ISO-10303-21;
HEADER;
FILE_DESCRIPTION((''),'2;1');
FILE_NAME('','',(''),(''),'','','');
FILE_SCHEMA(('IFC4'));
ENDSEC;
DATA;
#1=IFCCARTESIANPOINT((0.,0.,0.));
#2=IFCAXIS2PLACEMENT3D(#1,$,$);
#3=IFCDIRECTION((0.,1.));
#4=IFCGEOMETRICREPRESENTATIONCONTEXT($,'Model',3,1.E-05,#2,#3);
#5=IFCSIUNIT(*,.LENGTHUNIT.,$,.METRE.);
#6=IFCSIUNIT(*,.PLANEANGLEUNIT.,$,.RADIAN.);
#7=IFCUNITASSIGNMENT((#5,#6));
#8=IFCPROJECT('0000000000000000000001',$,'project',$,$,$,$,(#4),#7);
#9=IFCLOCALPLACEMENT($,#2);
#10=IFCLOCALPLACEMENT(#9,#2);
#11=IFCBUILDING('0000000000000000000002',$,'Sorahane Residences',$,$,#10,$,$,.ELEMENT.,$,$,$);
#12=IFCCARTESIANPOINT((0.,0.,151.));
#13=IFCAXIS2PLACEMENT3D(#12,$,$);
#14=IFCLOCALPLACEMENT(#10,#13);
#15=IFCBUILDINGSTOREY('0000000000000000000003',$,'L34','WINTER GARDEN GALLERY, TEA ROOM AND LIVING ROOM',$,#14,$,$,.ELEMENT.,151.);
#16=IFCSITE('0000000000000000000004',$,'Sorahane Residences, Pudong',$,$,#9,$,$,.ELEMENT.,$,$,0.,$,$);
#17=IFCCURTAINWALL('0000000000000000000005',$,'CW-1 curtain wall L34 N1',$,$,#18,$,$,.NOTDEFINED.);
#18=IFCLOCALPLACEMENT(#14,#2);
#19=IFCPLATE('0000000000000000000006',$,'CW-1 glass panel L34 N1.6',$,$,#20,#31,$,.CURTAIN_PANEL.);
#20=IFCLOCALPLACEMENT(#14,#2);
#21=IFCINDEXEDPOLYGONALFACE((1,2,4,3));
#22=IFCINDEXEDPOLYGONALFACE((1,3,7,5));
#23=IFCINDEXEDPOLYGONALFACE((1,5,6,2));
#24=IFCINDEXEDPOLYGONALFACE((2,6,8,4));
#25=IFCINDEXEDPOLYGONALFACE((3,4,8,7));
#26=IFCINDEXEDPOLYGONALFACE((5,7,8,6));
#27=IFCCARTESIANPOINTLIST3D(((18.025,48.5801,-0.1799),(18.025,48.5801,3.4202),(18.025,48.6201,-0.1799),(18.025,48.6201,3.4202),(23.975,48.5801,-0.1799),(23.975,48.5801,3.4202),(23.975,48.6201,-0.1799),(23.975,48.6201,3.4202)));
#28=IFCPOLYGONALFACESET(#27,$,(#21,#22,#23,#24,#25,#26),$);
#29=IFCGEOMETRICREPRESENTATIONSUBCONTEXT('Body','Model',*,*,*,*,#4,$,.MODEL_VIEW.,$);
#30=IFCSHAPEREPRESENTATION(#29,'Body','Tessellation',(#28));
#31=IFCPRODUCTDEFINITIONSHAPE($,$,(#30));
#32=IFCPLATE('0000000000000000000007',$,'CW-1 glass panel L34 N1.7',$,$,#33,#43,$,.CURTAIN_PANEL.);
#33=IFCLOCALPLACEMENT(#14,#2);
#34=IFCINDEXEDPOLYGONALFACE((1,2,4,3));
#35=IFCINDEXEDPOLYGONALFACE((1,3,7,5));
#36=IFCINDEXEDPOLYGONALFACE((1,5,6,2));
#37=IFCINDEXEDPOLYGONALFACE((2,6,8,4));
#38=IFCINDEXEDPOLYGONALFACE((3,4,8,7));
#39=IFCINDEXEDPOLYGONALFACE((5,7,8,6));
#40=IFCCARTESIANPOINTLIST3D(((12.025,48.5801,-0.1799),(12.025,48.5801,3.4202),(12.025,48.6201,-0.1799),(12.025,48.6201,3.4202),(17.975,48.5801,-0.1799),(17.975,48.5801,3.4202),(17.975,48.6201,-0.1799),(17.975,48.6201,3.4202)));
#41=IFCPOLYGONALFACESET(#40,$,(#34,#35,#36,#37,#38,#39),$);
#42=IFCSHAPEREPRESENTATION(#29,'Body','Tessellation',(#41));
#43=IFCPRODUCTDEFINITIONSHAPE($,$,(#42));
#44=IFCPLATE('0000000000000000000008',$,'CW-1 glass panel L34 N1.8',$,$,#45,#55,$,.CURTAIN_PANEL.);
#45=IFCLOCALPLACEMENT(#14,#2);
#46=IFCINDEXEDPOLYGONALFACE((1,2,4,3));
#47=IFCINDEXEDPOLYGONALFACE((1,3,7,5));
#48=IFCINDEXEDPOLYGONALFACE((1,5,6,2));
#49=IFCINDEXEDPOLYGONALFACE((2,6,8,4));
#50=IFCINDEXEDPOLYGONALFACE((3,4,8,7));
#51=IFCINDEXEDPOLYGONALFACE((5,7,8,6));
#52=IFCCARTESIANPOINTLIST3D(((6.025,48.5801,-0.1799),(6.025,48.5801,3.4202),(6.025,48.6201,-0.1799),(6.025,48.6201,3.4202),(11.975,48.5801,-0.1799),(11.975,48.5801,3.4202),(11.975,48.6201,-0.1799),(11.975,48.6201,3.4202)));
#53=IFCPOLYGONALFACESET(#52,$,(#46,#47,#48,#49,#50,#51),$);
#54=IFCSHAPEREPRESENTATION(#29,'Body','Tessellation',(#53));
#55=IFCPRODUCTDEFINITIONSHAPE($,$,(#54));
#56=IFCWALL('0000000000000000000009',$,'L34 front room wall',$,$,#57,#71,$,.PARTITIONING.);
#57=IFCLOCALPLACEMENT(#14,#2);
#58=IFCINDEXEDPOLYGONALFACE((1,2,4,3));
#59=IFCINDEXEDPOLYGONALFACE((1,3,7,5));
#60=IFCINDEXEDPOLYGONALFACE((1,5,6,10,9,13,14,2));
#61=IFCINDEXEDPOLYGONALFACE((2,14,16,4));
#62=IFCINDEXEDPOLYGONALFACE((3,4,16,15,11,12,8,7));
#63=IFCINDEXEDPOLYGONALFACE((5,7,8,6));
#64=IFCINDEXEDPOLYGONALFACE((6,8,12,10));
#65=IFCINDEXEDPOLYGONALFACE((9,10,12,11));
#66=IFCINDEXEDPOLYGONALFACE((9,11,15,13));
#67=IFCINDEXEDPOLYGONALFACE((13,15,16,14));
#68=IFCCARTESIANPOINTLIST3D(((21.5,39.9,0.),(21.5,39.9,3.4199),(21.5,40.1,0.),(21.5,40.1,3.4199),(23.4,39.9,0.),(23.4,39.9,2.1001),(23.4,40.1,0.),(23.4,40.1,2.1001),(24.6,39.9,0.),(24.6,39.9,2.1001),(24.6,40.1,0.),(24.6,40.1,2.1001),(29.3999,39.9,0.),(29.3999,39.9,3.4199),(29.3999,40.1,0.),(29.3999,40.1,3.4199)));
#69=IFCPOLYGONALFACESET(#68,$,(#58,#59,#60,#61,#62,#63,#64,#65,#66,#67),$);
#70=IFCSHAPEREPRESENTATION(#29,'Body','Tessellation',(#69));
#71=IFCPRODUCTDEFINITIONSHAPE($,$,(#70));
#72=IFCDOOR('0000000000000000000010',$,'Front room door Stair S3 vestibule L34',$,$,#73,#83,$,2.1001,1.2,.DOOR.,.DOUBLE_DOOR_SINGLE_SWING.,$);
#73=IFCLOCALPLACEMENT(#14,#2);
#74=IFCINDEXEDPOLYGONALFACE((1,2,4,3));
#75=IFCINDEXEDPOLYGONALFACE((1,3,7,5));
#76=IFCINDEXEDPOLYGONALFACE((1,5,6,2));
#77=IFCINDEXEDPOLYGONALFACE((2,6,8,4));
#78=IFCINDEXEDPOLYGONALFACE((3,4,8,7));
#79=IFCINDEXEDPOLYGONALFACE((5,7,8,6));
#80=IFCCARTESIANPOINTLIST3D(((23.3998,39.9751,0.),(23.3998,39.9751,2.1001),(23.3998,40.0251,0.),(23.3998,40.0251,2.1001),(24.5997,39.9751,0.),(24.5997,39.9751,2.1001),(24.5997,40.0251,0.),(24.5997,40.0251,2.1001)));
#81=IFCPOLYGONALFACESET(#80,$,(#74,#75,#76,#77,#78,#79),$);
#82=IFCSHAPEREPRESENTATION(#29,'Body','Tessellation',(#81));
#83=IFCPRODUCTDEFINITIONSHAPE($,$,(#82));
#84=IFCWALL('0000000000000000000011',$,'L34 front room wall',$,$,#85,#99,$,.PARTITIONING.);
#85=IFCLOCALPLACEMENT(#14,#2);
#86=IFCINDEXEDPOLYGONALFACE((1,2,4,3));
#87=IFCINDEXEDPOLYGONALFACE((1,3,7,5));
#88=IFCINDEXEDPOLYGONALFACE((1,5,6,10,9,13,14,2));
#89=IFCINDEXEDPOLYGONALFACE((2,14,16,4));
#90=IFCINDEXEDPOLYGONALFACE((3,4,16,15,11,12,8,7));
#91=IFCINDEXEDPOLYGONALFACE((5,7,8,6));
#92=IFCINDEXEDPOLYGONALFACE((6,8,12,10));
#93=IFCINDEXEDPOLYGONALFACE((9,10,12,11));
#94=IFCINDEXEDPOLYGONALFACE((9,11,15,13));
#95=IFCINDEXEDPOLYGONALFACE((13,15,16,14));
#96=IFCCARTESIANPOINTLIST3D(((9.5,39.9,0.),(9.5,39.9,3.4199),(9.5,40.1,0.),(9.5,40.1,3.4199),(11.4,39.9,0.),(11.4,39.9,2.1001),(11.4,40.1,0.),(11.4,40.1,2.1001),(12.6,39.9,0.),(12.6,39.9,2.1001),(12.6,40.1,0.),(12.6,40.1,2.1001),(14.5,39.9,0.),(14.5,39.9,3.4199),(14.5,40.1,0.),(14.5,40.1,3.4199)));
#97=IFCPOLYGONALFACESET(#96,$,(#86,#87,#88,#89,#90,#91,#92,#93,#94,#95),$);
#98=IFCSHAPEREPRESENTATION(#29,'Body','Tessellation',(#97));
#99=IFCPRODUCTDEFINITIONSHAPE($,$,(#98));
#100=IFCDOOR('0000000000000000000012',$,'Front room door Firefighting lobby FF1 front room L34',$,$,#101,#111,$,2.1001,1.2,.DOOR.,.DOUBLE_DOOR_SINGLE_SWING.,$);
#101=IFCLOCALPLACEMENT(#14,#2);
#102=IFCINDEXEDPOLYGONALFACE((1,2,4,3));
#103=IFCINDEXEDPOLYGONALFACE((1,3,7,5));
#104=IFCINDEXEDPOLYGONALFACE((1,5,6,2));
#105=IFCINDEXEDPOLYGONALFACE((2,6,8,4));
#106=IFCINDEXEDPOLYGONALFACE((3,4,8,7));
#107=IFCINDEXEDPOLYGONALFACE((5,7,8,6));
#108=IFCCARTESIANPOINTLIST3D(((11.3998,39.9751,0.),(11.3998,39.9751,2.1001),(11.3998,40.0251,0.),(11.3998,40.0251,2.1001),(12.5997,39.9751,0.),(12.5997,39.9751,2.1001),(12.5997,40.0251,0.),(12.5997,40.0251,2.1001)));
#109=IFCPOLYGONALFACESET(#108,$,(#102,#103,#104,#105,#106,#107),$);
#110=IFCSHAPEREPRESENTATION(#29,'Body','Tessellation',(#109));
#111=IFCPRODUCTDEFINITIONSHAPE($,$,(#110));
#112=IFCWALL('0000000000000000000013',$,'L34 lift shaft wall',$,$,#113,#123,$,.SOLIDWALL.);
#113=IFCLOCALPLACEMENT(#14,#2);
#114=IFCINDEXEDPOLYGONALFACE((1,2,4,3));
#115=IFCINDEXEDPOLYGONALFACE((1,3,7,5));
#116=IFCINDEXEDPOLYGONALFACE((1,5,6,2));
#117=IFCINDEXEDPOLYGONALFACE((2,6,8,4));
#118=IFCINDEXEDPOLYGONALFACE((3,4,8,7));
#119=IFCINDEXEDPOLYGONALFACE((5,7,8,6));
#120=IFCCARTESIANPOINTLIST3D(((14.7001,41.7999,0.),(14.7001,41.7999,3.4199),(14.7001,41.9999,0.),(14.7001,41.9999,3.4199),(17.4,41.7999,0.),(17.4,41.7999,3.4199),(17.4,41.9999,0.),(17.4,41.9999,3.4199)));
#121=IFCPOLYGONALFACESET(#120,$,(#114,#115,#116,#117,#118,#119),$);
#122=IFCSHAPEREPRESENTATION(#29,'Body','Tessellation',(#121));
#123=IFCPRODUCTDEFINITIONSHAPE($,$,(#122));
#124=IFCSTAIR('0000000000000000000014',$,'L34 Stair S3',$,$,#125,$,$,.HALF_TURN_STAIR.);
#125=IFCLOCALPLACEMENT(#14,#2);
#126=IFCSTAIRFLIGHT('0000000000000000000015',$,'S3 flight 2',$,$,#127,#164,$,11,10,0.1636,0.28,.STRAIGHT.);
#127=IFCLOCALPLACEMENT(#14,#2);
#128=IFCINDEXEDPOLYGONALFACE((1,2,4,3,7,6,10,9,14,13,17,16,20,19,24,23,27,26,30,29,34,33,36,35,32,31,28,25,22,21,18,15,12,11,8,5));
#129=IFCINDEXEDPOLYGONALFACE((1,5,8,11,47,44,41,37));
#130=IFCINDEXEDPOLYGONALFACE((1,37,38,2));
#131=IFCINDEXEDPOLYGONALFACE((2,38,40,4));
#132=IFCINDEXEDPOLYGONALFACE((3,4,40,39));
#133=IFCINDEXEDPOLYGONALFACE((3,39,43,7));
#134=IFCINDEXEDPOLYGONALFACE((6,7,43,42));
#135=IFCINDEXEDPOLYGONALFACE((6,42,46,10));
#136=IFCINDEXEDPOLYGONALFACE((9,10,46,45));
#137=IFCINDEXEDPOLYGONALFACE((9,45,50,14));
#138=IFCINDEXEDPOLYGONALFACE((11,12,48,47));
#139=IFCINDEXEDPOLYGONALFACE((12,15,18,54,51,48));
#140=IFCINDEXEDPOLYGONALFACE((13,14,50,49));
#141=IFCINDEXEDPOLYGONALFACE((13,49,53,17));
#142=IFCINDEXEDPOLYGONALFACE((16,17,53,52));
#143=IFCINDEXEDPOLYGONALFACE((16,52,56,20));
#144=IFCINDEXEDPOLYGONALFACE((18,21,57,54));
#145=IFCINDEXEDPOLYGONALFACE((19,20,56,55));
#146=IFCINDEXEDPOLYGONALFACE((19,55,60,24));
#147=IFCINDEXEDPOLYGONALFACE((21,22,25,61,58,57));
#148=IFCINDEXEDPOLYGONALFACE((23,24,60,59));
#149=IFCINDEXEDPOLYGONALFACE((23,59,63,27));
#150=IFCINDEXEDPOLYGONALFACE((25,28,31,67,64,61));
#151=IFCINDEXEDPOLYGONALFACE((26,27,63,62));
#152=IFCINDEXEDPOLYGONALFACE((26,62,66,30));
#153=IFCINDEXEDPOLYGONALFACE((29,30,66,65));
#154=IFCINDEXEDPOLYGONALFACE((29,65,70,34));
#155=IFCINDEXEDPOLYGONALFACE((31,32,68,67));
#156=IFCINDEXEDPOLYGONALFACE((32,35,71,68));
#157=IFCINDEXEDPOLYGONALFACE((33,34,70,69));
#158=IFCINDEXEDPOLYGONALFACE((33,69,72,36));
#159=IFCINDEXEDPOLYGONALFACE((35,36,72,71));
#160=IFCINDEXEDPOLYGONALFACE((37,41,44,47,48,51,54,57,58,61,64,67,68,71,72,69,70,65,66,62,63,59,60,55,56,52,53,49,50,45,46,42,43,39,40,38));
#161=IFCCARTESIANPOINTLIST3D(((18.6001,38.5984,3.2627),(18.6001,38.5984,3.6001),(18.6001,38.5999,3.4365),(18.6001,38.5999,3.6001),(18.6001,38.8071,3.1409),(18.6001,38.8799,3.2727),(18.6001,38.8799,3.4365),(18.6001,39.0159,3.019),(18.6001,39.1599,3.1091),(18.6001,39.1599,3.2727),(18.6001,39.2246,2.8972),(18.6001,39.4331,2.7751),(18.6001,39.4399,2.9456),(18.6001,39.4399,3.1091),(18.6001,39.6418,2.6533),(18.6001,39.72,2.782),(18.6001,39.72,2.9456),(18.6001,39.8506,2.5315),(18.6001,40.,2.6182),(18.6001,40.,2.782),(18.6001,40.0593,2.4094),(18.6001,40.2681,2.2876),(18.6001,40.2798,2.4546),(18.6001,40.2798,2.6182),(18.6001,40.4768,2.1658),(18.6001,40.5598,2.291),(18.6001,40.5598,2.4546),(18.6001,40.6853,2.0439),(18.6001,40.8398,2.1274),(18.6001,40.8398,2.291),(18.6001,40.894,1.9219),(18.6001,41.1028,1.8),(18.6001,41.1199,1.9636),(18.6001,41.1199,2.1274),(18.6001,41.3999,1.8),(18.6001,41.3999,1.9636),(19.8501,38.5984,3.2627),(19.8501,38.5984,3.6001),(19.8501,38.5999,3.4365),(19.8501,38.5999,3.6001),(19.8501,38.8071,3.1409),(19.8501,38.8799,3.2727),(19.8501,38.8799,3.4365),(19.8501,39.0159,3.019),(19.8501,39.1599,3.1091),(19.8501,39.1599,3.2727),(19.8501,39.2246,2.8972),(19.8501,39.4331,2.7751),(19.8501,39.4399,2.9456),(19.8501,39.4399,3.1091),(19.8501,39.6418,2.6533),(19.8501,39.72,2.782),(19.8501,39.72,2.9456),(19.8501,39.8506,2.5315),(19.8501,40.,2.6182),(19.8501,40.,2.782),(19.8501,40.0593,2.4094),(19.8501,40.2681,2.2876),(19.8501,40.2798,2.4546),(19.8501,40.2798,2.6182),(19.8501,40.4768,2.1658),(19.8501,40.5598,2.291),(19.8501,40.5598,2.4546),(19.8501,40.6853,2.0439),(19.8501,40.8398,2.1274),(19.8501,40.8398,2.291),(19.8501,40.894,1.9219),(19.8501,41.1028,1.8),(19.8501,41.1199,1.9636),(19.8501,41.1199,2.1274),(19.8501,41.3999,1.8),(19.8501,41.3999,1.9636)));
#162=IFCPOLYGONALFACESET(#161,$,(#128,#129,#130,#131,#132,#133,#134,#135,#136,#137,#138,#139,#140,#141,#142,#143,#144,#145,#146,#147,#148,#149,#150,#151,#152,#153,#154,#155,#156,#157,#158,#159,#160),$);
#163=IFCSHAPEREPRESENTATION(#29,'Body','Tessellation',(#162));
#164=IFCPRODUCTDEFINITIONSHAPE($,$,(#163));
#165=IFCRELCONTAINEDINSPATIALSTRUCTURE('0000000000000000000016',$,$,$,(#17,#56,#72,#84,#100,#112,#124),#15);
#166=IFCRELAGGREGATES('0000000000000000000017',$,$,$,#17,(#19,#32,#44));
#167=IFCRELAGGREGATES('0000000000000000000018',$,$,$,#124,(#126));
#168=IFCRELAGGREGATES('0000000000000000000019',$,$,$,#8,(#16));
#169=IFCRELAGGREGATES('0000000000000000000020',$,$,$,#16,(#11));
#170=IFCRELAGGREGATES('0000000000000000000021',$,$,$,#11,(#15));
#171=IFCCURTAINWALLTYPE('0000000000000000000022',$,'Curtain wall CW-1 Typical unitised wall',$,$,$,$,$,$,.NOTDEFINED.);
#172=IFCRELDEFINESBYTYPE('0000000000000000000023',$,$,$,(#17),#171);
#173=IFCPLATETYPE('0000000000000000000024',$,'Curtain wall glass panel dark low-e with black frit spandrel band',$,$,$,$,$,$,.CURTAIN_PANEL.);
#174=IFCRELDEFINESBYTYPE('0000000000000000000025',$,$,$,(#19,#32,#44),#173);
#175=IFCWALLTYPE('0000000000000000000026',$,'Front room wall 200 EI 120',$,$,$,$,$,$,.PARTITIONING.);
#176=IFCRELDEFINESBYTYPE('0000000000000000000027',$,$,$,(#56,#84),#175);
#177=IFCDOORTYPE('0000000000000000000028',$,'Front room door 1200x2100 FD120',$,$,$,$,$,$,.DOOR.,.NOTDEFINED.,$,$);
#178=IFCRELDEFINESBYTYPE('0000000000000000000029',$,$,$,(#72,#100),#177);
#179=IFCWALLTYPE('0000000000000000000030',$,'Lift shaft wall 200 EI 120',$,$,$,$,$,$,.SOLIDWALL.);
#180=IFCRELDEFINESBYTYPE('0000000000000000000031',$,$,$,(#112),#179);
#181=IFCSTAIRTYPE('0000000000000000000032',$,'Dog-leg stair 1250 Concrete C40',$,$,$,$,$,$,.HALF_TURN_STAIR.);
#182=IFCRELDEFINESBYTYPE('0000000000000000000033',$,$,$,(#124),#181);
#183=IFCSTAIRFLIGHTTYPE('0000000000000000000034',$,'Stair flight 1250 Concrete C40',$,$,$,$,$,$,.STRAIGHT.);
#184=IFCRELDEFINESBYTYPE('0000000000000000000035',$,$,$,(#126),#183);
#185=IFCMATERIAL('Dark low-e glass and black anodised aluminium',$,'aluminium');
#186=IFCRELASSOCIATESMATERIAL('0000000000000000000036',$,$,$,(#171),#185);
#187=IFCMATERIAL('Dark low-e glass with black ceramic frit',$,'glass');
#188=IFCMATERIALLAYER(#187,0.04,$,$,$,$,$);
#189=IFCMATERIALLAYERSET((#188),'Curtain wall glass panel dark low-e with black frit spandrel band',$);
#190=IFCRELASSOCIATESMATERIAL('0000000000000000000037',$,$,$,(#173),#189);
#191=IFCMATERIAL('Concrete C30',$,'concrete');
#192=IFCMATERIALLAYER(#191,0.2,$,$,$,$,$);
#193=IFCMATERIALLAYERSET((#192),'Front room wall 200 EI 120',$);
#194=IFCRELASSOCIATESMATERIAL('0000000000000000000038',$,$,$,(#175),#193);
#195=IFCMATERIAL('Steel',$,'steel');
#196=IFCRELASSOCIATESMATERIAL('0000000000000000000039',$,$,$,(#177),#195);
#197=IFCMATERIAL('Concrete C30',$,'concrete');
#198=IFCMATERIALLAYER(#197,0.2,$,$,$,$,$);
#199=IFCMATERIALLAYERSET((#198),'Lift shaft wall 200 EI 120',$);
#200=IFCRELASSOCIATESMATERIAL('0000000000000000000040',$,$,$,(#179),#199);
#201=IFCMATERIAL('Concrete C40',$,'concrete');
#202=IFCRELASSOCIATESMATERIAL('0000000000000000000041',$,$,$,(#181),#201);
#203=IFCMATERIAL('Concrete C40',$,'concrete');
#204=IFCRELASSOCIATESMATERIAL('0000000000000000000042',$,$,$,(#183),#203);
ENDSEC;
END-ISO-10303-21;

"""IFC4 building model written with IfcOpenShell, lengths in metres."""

from ifc_helpers import new_model, si_unit, direction, frame, frame_2d, origin, origin_2d, place, context, subcontext, project, spatial, polyline, rectangle, outline, extrude, material, layer, layer_set, type_object, element, fill, aggregate, save


model = new_model("IFC4")

# Units and contexts
model_context = context("Model", 3, precision=1e-05, world=origin(), true_north=direction((0.0, 1.0)))
body_context = subcontext(model_context, "Body", "Model", "MODEL_VIEW")
ifc_project = project(units=[si_unit("LENGTHUNIT", "METRE"), si_unit("PLANEANGLEUNIT", "RADIAN")], contexts=[model_context])

# Site, building, storey
site_placement = place(None, origin())
site = spatial("IfcSite", under=ifc_project, at=site_placement, Name="Sorahane Residences, Pudong", CompositionType="ELEMENT", RefElevation=0.0)
building_placement = place(site_placement, origin())
building = spatial("IfcBuilding", under=site, at=building_placement, Name="Sorahane Residences", CompositionType="ELEMENT")
storey_placement = place(building_placement, frame((0.0, 0.0, 151.0)))
storey = spatial("IfcBuildingStorey", under=building, at=storey_placement, Name="L34", Description="WINTER GARDEN GALLERY, TEA ROOM AND LIVING ROOM", CompositionType="ELEMENT", Elevation=151.0)

# Curtain wall
ifc_material_1 = material(Name="Dark low-e glass and black anodised aluminium", Category="aluminium")
curtain_wall_type = type_object("IfcCurtainWallType", Name="Curtain wall CW-1 Typical unitised wall", PredefinedType="NOTDEFINED", material=ifc_material_1)
curtain_wall_placement = place(storey_placement, origin())
curtain_wall = element("IfcCurtainWall", 1, at=curtain_wall_placement, inside=storey, type_object=curtain_wall_type, Name="CW-1 curtain wall L34 N1", PredefinedType="NOTDEFINED")

# Plates
ifc_material_2 = material(Name="Dark low-e glass with black ceramic frit", Category="glass")
ifc_layer_1 = layer(ifc_material_2, 0.04)
ifc_layer_set_1 = layer_set([ifc_layer_1], Name="Curtain wall glass panel dark low-e with black frit spandrel band")
plate_type = type_object("IfcPlateType", Name="Curtain wall glass panel dark low-e with black frit spandrel band", PredefinedType="CURTAIN_PANEL", material=ifc_layer_set_1)
plate_1_placement = place(storey_placement, frame((21.0, 48.6001, -0.1799), z_axis=(0.0, 0.0, 1.0), x_axis=(-1.0, 0.0, 0.0)))
plate_1 = element("IfcPlate", 2, at=plate_1_placement, type_object=plate_type, Name="CW-1 glass panel L34 N1.6", PredefinedType="CURTAIN_PANEL", context=body_context, shape_type="SweptSolid", body=[
    extrude(rectangle(XDim=5.95, YDim=0.04, at=origin_2d()), origin(), (0.0, 0.0, 1.0), 3.6001),
])
plate_2_placement = place(storey_placement, frame((15.0, 48.6001, -0.1799), z_axis=(0.0, 0.0, 1.0), x_axis=(-1.0, 0.0, 0.0)))
plate_2 = element("IfcPlate", 3, at=plate_2_placement, type_object=plate_type, Name="CW-1 glass panel L34 N1.7", PredefinedType="CURTAIN_PANEL", context=body_context, shape_type="SweptSolid", body=[
    extrude(rectangle(XDim=5.95, YDim=0.04, at=origin_2d()), origin(), (0.0, 0.0, 1.0), 3.6001),
])
plate_3_placement = place(storey_placement, frame((9.0, 48.6001, -0.1799), z_axis=(0.0, 0.0, 1.0), x_axis=(-1.0, 0.0, 0.0)))
plate_3 = element("IfcPlate", 4, at=plate_3_placement, type_object=plate_type, Name="CW-1 glass panel L34 N1.8", PredefinedType="CURTAIN_PANEL", context=body_context, shape_type="SweptSolid", body=[
    extrude(rectangle(XDim=5.95, YDim=0.04, at=origin_2d()), origin(), (0.0, 0.0, 1.0), 3.6001),
])
aggregate(curtain_wall, [plate_1, plate_2, plate_3])

# Walls, openings, doors
ifc_material_3 = material(Name="Concrete C30", Category="concrete")
ifc_layer_2 = layer(ifc_material_3, 0.2)
ifc_layer_set_2 = layer_set([ifc_layer_2], Name="Front room wall 200 EI 120")
wall_type_1 = type_object("IfcWallType", Name="Front room wall 200 EI 120", PredefinedType="PARTITIONING", material=ifc_layer_set_2)
wall_1_placement = place(storey_placement, frame((21.5, 40.0, 0.0), z_axis=(0.0, 0.0, 1.0), x_axis=(1.0, 0.0, 0.0)))
wall_1 = element("IfcWall", 5, at=wall_1_placement, inside=storey, type_object=wall_type_1, Name="L34 front room wall", PredefinedType="PARTITIONING", context=body_context, shape_type="SweptSolid", body=[
    extrude(rectangle(XDim=7.8999, YDim=0.2, at=frame_2d((3.95, 0.0))), origin(), (0.0, 0.0, 1.0), 3.4199),
])
opening_1_placement = place(wall_1_placement, frame((1.8999, 0.0, 0.0)))
opening_1 = element("IfcOpeningElement", 6, at=opening_1_placement, cuts=wall_1, PredefinedType="OPENING", context=body_context, shape_type="SweptSolid", body=[
    extrude(rectangle(XDim=1.2, YDim=2.1001, at=frame_2d((0.6001, 1.05))), frame((0.0, 0.1099, 0.0), z_axis=(0.0, -1.0, 0.0), x_axis=(1.0, 0.0, 0.0)), (0.0, 0.0, 1.0), 0.22),
])
ifc_material_4 = material(Name="Steel", Category="steel")
door_type = type_object("IfcDoorType", Name="Front room door 1200x2100 FD120", OperationType="NOTDEFINED", PredefinedType="DOOR", material=ifc_material_4)
door_1_placement = place(opening_1_placement, frame((1.2, 0.0, 0.0), z_axis=(0.0, 0.0, 1.0), x_axis=(-1.0, 0.0, 0.0)))
door_1 = element("IfcDoor", 7, at=door_1_placement, inside=storey, type_object=door_type, Name="Front room door Stair S3 vestibule L34", OperationType="DOUBLE_DOOR_SINGLE_SWING", OverallHeight=2.1001, OverallWidth=1.2, PredefinedType="DOOR", context=body_context, shape_type="SweptSolid", body=[
    extrude(rectangle(XDim=1.2, YDim=2.1001, at=frame_2d((0.6001, 1.05))), frame((0.0, 0.0249, 0.0), z_axis=(0.0, -1.0, 0.0), x_axis=(1.0, 0.0, 0.0)), (0.0, 0.0, 1.0), 0.05),
])
fill(opening_1, door_1)
wall_2_placement = place(storey_placement, frame((9.5, 40.0, 0.0), z_axis=(0.0, 0.0, 1.0), x_axis=(1.0, 0.0, 0.0)))
wall_2 = element("IfcWall", 8, at=wall_2_placement, inside=storey, type_object=wall_type_1, Name="L34 front room wall", PredefinedType="PARTITIONING", context=body_context, shape_type="SweptSolid", body=[
    extrude(rectangle(XDim=5.0, YDim=0.2, at=frame_2d((2.5, 0.0))), origin(), (0.0, 0.0, 1.0), 3.4199),
])
opening_2_placement = place(wall_2_placement, frame((1.8999, 0.0, 0.0)))
opening_2 = element("IfcOpeningElement", 9, at=opening_2_placement, cuts=wall_2, PredefinedType="OPENING", context=body_context, shape_type="SweptSolid", body=[
    extrude(rectangle(XDim=1.2, YDim=2.1001, at=frame_2d((0.6001, 1.05))), frame((0.0, 0.1099, 0.0), z_axis=(0.0, -1.0, 0.0), x_axis=(1.0, 0.0, 0.0)), (0.0, 0.0, 1.0), 0.22),
])
door_2_placement = place(opening_2_placement, frame((1.2, 0.0, 0.0), z_axis=(0.0, 0.0, 1.0), x_axis=(-1.0, 0.0, 0.0)))
door_2 = element("IfcDoor", 10, at=door_2_placement, inside=storey, type_object=door_type, Name="Front room door Firefighting lobby FF1 front room L34", OperationType="DOUBLE_DOOR_SINGLE_SWING", OverallHeight=2.1001, OverallWidth=1.2, PredefinedType="DOOR", context=body_context, shape_type="SweptSolid", body=[
    extrude(rectangle(XDim=1.2, YDim=2.1001, at=frame_2d((0.6001, 1.05))), frame((0.0, 0.0249, 0.0), z_axis=(0.0, -1.0, 0.0), x_axis=(1.0, 0.0, 0.0)), (0.0, 0.0, 1.0), 0.05),
])
fill(opening_2, door_2)

# Wall
ifc_material_5 = material(Name="Concrete C30", Category="concrete")
ifc_layer_3 = layer(ifc_material_5, 0.2)
ifc_layer_set_3 = layer_set([ifc_layer_3], Name="Lift shaft wall 200 EI 120")
wall_type_2 = type_object("IfcWallType", Name="Lift shaft wall 200 EI 120", PredefinedType="SOLIDWALL", material=ifc_layer_set_3)
wall_3_placement = place(storey_placement, frame((14.7, 41.8999, 0.0), z_axis=(0.0, 0.0, 1.0), x_axis=(1.0, 0.0, 0.0)))
element("IfcWall", 11, at=wall_3_placement, inside=storey, type_object=wall_type_2, Name="L34 lift shaft wall", PredefinedType="SOLIDWALL", context=body_context, shape_type="SweptSolid", body=[
    extrude(rectangle(XDim=2.7, YDim=0.2, at=frame_2d((1.3501, 0.0))), origin(), (0.0, 0.0, 1.0), 3.4199),
])

# Stair, stair flight
ifc_material_6 = material(Name="Concrete C40", Category="concrete")
stair_type = type_object("IfcStairType", Name="Dog-leg stair 1250 Concrete C40", PredefinedType="HALF_TURN_STAIR", material=ifc_material_6)
stair_placement = place(storey_placement, origin())
stair = element("IfcStair", 12, at=stair_placement, inside=storey, type_object=stair_type, Name="L34 Stair S3", PredefinedType="HALF_TURN_STAIR")
ifc_material_7 = material(Name="Concrete C40", Category="concrete")
stair_flight_type = type_object("IfcStairFlightType", Name="Stair flight 1250 Concrete C40", PredefinedType="STRAIGHT", material=ifc_material_7)
stair_flight_placement = place(storey_placement, frame((19.2251, 41.3999, 1.8), z_axis=(0.0, 0.0, 1.0), x_axis=(0.0, -1.0, 0.0)))
stair_flight = element("IfcStairFlight", 13, at=stair_flight_placement, type_object=stair_flight_type, Name="S3 flight 2", NumberOfRisers=11, NumberOfTreads=10, PredefinedType="STRAIGHT", RiserHeight=0.1636, TreadLength=0.28, context=body_context, shape_type="SweptSolid", body=[
    extrude(outline(polyline([(0.0, 0.0), (0.0, 0.1636), (0.28, 0.1636), (0.28, 0.3274), (0.5601, 0.3274), (0.5601, 0.491), (0.8401, 0.491), (0.8401, 0.6545), (1.1201, 0.6545), (1.1201, 0.8181), (1.3999, 0.8181), (1.3999, 0.9819), (1.6799, 0.9819), (1.6799, 1.1455), (1.96, 1.1455), (1.96, 1.3091), (2.24, 1.3091), (2.24, 1.4727), (2.52, 1.4727), (2.52, 1.6365), (2.8, 1.6365), (2.8, 1.8), (2.8015, 1.8), (2.8015, 1.4626), (2.5928, 1.3408), (2.384, 1.219), (2.1753, 1.0972), (1.9668, 0.9751), (1.7581, 0.8533), (1.5493, 0.7314), (1.3406, 0.6094), (1.1318, 0.4875), (0.9231, 0.3657), (0.7146, 0.2439), (0.5059, 0.1218), (0.2971, 0.0), (0.0, 0.0)])), frame((0.0, 0.625, 0.0), z_axis=(0.0, -1.0, 0.0), x_axis=(1.0, 0.0, 0.0)), (0.0, 0.0, 1.0), 1.25),
])
aggregate(stair, [stair_flight])

save(model, "model.ifc")
